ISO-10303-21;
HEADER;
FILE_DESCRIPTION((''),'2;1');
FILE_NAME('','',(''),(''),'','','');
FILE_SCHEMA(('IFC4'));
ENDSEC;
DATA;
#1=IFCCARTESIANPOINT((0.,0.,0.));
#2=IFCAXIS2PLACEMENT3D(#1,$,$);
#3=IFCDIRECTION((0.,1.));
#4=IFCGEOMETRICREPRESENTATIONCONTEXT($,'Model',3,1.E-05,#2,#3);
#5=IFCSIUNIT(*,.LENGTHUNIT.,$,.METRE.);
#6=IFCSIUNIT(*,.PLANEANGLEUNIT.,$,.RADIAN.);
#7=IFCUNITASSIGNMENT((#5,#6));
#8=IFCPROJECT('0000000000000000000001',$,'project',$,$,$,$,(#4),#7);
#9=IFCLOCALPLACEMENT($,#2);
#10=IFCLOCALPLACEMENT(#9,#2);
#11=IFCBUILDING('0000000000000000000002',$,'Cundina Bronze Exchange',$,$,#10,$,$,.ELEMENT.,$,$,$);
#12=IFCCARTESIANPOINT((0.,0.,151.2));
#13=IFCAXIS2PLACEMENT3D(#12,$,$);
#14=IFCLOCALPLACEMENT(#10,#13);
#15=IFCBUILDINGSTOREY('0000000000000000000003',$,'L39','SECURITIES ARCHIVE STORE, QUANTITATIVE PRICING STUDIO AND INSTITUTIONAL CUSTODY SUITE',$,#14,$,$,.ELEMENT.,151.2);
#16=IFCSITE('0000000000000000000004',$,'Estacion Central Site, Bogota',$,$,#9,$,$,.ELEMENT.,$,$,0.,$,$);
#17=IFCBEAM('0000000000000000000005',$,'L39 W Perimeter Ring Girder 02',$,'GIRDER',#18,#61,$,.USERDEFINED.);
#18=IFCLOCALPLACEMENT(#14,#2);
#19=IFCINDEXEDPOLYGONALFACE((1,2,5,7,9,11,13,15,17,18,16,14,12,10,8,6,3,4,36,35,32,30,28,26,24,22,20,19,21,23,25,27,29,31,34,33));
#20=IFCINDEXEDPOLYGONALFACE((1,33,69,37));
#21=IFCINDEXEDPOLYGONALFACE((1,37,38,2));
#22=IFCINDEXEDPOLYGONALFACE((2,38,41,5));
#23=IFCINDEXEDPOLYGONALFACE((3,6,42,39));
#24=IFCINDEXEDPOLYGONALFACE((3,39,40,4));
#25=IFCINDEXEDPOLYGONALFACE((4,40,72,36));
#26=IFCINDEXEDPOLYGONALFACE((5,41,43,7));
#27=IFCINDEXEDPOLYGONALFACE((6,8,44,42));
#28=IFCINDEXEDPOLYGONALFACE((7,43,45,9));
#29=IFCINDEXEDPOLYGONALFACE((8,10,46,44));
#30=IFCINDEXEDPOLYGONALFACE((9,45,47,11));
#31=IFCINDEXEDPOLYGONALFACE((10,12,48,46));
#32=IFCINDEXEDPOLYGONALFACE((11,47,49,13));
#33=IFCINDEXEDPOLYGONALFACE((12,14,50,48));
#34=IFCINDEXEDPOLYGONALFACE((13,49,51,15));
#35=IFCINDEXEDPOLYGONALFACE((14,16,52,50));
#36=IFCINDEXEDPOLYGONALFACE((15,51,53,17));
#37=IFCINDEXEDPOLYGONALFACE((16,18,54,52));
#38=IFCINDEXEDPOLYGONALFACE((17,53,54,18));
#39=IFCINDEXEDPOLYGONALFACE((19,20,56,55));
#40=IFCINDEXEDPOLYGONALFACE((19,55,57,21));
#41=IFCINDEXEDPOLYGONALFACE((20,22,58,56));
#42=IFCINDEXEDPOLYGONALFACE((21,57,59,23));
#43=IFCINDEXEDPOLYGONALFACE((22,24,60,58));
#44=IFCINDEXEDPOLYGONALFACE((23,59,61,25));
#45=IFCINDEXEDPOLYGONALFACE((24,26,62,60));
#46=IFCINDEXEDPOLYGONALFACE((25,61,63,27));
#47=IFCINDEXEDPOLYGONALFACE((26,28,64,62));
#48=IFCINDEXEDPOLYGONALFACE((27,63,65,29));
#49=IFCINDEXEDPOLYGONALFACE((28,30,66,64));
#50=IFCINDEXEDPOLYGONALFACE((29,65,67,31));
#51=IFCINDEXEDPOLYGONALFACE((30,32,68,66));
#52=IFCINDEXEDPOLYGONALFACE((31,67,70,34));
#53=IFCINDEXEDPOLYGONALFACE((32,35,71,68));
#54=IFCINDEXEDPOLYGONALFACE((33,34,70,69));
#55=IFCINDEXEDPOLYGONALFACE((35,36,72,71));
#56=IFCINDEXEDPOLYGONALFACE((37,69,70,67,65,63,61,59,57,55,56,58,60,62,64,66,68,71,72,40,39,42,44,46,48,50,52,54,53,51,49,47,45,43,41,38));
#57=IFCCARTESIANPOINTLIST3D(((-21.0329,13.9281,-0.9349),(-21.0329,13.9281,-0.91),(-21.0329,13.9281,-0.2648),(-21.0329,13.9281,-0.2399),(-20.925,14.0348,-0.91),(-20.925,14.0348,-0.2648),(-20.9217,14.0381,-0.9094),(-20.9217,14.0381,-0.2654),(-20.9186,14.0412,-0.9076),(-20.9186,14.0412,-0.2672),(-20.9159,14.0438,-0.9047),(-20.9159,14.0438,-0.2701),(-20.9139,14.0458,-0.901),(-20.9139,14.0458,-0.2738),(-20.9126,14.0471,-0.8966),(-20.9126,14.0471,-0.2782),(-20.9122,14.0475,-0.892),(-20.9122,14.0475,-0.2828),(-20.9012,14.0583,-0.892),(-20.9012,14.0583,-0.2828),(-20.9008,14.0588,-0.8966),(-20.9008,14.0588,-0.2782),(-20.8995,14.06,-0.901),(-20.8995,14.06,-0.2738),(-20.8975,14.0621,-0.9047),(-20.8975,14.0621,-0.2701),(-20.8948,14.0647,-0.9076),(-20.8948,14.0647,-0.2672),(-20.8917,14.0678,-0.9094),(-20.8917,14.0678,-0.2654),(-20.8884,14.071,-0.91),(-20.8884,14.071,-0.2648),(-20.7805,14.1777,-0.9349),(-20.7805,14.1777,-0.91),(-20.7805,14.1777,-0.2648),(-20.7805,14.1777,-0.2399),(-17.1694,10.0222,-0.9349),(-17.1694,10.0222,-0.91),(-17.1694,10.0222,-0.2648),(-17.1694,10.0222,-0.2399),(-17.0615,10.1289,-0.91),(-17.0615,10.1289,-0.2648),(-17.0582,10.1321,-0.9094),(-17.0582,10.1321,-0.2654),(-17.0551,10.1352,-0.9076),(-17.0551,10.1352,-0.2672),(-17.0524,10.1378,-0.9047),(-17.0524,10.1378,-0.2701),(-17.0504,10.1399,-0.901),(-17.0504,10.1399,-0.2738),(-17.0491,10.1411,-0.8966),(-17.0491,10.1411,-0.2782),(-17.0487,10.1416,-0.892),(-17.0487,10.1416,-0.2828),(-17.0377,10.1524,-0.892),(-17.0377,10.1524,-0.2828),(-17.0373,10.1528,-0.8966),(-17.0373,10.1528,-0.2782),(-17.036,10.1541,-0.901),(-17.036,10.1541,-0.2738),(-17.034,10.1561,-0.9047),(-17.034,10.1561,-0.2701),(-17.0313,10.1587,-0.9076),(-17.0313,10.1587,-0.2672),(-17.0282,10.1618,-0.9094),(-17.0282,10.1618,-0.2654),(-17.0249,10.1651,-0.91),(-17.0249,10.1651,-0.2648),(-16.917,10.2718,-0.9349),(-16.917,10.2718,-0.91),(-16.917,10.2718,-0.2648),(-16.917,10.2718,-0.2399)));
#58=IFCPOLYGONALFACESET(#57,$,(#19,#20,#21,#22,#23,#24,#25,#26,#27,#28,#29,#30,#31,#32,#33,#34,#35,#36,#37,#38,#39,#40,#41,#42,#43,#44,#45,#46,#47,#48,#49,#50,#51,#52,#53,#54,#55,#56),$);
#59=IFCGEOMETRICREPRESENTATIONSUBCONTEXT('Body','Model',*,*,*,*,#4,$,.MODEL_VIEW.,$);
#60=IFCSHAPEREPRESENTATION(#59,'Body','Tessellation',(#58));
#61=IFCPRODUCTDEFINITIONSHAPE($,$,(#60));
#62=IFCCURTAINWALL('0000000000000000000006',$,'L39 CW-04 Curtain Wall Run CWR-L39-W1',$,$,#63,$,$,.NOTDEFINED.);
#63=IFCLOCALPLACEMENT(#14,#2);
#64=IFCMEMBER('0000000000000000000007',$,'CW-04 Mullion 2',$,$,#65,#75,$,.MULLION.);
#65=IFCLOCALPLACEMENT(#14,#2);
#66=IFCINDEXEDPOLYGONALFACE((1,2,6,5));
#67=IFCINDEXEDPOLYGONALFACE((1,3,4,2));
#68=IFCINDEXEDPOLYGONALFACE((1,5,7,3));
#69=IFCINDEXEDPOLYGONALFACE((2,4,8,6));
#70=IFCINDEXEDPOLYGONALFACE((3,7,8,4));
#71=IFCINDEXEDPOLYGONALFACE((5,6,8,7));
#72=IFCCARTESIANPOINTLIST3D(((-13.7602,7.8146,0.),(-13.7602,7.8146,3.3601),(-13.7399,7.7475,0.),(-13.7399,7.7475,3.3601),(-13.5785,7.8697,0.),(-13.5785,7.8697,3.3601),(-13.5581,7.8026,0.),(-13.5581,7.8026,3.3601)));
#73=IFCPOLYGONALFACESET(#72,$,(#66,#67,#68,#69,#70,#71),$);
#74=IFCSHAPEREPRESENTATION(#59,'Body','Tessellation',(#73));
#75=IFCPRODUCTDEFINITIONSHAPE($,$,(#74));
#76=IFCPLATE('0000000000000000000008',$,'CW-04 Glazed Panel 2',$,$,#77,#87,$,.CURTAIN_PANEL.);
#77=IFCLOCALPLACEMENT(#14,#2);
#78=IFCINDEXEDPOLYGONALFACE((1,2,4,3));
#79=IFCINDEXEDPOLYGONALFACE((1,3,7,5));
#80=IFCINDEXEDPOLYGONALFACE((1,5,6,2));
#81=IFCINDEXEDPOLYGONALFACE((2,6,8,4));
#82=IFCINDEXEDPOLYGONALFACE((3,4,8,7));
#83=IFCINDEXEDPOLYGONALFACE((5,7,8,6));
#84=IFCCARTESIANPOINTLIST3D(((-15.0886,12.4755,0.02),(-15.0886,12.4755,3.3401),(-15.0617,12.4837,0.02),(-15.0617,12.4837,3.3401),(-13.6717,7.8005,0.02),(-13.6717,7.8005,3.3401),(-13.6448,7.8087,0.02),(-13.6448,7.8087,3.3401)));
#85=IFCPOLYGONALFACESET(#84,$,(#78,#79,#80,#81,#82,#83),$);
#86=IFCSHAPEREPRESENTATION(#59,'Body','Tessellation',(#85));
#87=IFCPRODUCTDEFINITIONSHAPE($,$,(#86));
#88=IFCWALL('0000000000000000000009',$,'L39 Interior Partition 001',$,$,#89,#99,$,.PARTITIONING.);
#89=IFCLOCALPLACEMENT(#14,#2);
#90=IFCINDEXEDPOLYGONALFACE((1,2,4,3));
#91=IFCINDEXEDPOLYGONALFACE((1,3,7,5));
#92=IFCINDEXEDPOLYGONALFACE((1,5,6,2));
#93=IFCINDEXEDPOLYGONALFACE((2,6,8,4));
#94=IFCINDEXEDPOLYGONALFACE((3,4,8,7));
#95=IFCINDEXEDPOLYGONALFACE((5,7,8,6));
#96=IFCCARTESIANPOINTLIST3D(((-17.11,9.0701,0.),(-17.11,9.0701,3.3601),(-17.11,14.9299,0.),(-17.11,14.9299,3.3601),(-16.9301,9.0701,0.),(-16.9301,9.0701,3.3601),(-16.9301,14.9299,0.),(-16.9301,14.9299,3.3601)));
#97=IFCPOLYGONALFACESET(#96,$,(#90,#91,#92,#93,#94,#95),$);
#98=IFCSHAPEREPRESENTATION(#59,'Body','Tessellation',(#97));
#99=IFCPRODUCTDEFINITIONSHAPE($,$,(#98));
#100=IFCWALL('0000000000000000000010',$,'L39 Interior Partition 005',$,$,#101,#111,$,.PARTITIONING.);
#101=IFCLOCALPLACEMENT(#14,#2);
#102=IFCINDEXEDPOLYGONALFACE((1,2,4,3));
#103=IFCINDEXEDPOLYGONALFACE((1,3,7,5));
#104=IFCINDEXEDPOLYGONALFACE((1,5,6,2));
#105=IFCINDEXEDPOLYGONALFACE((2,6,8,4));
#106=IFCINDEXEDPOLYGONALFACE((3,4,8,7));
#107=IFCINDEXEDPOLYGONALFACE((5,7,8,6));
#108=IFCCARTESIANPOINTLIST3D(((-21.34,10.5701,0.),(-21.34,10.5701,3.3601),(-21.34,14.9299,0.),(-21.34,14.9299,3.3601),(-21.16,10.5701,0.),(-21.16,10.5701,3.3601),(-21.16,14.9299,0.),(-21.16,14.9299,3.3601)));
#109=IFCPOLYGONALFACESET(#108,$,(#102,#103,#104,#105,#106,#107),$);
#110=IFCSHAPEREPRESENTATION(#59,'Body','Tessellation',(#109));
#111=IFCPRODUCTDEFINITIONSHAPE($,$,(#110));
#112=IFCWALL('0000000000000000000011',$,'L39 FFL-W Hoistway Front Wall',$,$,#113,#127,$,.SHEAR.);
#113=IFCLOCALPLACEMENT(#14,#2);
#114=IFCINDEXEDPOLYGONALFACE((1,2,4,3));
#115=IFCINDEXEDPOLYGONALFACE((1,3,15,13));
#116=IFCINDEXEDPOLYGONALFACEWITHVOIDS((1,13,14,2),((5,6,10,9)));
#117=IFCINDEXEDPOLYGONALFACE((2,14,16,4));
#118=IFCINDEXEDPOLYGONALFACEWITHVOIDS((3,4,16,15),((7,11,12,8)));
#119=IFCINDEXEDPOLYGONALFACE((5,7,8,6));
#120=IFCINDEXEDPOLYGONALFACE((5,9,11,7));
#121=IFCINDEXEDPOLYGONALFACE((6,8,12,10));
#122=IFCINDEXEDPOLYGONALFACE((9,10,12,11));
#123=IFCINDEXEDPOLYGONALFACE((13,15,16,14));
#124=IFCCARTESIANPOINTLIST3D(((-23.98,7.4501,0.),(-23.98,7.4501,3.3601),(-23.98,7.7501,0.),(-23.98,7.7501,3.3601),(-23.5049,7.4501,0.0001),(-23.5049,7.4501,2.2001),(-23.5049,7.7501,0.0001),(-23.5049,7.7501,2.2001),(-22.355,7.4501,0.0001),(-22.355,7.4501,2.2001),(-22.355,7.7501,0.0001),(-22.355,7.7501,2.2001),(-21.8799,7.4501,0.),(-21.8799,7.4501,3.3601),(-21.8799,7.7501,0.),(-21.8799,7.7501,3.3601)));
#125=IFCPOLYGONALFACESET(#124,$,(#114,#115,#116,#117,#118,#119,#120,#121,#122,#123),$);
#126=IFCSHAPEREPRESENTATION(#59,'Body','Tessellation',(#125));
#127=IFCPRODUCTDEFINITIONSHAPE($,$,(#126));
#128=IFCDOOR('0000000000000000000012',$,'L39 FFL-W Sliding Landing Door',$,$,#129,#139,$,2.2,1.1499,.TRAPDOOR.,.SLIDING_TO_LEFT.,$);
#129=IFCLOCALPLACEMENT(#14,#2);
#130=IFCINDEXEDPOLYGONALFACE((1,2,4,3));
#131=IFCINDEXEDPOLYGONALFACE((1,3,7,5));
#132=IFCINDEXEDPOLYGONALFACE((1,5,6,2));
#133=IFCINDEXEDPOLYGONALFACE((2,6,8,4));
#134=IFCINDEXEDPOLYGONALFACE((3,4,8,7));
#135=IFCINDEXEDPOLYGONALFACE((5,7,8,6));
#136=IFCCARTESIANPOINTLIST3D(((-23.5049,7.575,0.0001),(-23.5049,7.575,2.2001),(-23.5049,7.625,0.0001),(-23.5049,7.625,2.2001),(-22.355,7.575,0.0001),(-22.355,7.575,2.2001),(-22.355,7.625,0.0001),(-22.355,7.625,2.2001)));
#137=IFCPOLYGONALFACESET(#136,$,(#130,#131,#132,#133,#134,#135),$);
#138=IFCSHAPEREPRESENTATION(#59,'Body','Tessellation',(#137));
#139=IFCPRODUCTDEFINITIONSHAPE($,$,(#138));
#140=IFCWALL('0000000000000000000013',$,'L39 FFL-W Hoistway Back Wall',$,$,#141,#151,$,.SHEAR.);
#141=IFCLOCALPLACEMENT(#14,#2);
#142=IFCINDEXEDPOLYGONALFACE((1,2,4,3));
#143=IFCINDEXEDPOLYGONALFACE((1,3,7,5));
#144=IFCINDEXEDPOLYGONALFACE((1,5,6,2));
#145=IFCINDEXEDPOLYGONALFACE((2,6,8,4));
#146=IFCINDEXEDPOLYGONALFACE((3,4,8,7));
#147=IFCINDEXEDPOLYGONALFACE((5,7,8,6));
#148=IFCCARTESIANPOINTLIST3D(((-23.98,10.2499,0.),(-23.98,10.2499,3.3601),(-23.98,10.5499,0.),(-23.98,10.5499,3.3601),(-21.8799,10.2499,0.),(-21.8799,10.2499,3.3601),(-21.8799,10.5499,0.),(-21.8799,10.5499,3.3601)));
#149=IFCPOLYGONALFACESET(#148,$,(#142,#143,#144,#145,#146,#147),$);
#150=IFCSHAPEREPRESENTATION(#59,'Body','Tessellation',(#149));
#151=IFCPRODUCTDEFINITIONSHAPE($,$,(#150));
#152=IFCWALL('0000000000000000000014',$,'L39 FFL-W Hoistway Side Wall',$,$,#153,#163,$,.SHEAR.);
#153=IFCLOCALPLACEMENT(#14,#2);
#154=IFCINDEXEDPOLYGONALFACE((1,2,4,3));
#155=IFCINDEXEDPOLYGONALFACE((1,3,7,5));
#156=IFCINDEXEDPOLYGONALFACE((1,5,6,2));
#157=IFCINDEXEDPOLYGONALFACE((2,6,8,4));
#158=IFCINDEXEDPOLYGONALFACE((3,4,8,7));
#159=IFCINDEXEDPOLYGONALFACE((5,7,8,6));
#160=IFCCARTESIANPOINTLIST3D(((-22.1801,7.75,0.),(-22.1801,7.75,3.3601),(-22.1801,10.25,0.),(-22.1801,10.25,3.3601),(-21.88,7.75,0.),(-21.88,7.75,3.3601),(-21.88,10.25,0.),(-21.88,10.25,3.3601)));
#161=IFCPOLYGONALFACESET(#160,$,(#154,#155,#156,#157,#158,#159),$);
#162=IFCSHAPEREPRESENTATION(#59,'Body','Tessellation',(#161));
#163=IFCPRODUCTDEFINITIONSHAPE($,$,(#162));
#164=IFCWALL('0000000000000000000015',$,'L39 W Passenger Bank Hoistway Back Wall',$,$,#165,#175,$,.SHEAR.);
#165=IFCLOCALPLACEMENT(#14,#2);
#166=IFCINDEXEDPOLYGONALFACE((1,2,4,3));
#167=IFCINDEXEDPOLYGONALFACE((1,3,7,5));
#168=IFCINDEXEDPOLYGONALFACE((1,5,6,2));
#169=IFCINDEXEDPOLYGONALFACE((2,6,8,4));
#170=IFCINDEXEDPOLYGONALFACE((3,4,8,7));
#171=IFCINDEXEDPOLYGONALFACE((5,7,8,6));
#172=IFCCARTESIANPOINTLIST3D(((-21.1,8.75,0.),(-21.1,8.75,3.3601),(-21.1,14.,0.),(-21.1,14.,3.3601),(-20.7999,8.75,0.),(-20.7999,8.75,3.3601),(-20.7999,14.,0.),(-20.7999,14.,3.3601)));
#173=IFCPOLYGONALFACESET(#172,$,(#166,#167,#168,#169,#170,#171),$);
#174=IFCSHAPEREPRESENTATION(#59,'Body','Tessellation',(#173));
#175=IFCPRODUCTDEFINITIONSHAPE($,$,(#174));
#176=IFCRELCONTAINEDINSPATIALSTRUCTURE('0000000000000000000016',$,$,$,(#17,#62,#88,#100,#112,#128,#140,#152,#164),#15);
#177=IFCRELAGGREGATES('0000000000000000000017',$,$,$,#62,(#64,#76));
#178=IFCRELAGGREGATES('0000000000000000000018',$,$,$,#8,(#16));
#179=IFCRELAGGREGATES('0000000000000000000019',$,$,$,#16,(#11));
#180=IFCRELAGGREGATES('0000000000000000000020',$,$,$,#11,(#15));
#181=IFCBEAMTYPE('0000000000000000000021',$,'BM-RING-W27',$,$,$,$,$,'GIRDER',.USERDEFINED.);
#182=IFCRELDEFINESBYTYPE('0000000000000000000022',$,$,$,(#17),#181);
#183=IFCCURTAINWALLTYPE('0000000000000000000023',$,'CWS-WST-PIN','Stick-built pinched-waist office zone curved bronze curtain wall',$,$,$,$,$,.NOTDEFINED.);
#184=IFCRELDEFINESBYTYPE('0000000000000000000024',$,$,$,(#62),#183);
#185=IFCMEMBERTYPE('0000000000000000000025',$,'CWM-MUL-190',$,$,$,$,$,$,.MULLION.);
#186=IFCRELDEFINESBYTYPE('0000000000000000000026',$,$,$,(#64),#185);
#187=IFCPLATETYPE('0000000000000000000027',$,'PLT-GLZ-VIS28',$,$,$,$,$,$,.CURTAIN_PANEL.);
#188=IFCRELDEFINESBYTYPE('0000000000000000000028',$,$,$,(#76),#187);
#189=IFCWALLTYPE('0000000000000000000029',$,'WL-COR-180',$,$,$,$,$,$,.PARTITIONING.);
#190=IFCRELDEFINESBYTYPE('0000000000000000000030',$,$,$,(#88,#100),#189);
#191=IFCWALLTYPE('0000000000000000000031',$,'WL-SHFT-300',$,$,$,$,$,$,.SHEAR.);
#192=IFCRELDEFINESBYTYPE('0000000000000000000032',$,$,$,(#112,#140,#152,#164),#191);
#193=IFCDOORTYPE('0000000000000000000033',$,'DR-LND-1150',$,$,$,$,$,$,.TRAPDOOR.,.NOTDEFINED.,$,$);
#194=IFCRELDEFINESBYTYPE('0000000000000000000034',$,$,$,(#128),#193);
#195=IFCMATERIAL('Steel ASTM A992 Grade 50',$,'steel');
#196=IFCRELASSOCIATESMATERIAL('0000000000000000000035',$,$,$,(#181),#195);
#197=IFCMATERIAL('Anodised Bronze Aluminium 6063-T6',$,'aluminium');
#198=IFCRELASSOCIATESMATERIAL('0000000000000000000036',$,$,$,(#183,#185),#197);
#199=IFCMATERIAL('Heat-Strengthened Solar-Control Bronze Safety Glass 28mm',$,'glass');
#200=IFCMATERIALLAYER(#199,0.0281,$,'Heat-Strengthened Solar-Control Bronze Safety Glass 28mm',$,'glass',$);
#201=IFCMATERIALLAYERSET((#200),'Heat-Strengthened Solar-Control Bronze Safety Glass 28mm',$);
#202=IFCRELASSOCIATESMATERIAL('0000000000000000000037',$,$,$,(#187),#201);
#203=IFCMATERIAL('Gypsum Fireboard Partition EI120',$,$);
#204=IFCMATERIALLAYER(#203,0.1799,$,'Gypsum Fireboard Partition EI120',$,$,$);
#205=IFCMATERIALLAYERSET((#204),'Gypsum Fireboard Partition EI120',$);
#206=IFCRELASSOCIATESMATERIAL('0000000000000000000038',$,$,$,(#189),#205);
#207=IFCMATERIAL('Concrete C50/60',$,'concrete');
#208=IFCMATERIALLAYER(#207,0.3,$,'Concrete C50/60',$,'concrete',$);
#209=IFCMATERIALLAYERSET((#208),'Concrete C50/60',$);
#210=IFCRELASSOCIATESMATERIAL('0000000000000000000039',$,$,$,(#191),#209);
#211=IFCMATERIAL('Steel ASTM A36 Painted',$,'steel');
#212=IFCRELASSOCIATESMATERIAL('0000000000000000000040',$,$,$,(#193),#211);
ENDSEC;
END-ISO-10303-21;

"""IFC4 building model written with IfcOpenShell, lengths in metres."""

from ifc_helpers import new_model, si_unit, direction, frame, frame_2d, origin, origin_2d, place, context, subcontext, project, spatial, rectangle, i_section, extrude, material, layer, layer_set, material_profile, profile_set, type_object, element, fill, aggregate, save


model = new_model("IFC4")

# Units and contexts
model_context = context("Model", 3, precision=1e-05, world=origin(), true_north=direction((0.0, 1.0)))
body_context = subcontext(model_context, "Body", "Model", "MODEL_VIEW")
ifc_project = project(units=[si_unit("LENGTHUNIT", "METRE"), si_unit("PLANEANGLEUNIT", "RADIAN")], contexts=[model_context])

# Site, building, storey
site_placement = place(None, origin())
site = spatial("IfcSite", under=ifc_project, at=site_placement, Name="Estacion Central Site, Bogota", CompositionType="ELEMENT", RefElevation=0.0)
building_placement = place(site_placement, origin())
building = spatial("IfcBuilding", under=site, at=building_placement, Name="Cundina Bronze Exchange", CompositionType="ELEMENT")
storey_placement = place(building_placement, frame((0.0, 0.0, 151.2)))
storey = spatial("IfcBuildingStorey", under=building, at=storey_placement, Name="L39", Description="SECURITIES ARCHIVE STORE, QUANTITATIVE PRICING STUDIO AND INSTITUTIONAL CUSTODY SUITE", CompositionType="ELEMENT", Elevation=151.2)

# Shared definitions
ifc_material_1 = material(Name="Concrete C50/60", Category="concrete")

# Beam
ifc_material_2 = material(Name="Steel ASTM A992 Grade 50", Category="steel")
ifc_material_profile_1 = material_profile(ifc_material_2, i_section(OverallWidth=0.355, OverallDepth=0.6951, WebThickness=0.0154, FlangeThickness=0.0249, FilletRadius=0.0181, at=origin_2d()), Name="W27X146", Category="steel")
ifc_profile_set_1 = profile_set([ifc_material_profile_1], Name="Steel ASTM A992 Grade 50")
beam_type_1 = type_object("IfcBeamType", Name="BM-RING-W27", ElementType="GIRDER", PredefinedType="USERDEFINED", material=ifc_profile_set_1)
beam_1_placement = place(storey_placement, frame((-17.0432, 10.147, -0.5874), z_axis=(-0.70323, 0.710962, 0.0), x_axis=(-0.710962, -0.70323, 0.0)))
element("IfcBeam", 1, at=beam_1_placement, inside=storey, type_object=beam_type_1, Name="L39 W Perimeter Ring Girder 02", ObjectType="GIRDER", PredefinedType="USERDEFINED", context=body_context, shape_type="SweptSolid", body=[
    extrude(i_section(OverallWidth=0.355, OverallDepth=0.6951, WebThickness=0.0154, FlangeThickness=0.0249, FilletRadius=0.0181, at=origin_2d()), origin(), (0.0, 0.0, 1.0), 5.4939),
])

# Curtain wall, member, plate
ifc_material_3 = material(Name="Anodised Bronze Aluminium 6063-T6", Category="aluminium")
curtain_wall_type = type_object("IfcCurtainWallType", Name="CWS-WST-PIN", Description="Stick-built pinched-waist office zone curved bronze curtain wall", PredefinedType="NOTDEFINED", material=ifc_material_3)
curtain_wall_placement = place(storey_placement, origin())
curtain_wall = element("IfcCurtainWall", 2, at=curtain_wall_placement, inside=storey, type_object=curtain_wall_type, Name="L39 CW-04 Curtain Wall Run CWR-L39-W1", PredefinedType="NOTDEFINED")
ifc_material_profile_2 = material_profile(ifc_material_3, rectangle(XDim=0.0701, YDim=0.1899, at=origin_2d()), Name="AL70X190", Category="aluminium")
ifc_profile_set_2 = profile_set([ifc_material_profile_2], Name="Anodised Bronze Aluminium 6063-T6")
member_type = type_object("IfcMemberType", Name="CWM-MUL-190", PredefinedType="MULLION", material=ifc_profile_set_2)
member_placement = place(storey_placement, frame((-13.6592, 7.8086, 0.0), z_axis=(0.0, 0.0, 1.0), x_axis=(-0.290034, 0.957016, 0.0)))
member = element("IfcMember", 3, at=member_placement, type_object=member_type, Name="CW-04 Mullion 2", PredefinedType="MULLION", context=body_context, shape_type="SweptSolid", body=[
    extrude(rectangle(XDim=0.0701, YDim=0.1899, at=origin_2d()), origin(), (0.0, 0.0, 1.0), 3.3601),
])
ifc_material_4 = material(Name="Heat-Strengthened Solar-Control Bronze Safety Glass 28mm", Category="glass")
ifc_layer_1 = layer(ifc_material_4, 0.0281, Name="Heat-Strengthened Solar-Control Bronze Safety Glass 28mm", Category="glass")
ifc_layer_set_1 = layer_set([ifc_layer_1], Name="Heat-Strengthened Solar-Control Bronze Safety Glass 28mm")
plate_type = type_object("IfcPlateType", Name="PLT-GLZ-VIS28", PredefinedType="CURTAIN_PANEL", material=ifc_layer_set_1)
plate_placement = place(storey_placement, frame((-14.3667, 10.1421, 0.02), z_axis=(0.0, 0.0, 1.0), x_axis=(-0.290051, 0.957011, 0.0)))
plate = element("IfcPlate", 4, at=plate_placement, type_object=plate_type, Name="CW-04 Glazed Panel 2", PredefinedType="CURTAIN_PANEL", context=body_context, shape_type="SweptSolid", body=[
    extrude(rectangle(XDim=4.885, YDim=0.0281, at=origin_2d()), origin(), (0.0, 0.0, 1.0), 3.3201),
])
aggregate(curtain_wall, [member, plate])

# Walls
ifc_material_5 = material(Name="Gypsum Fireboard Partition EI120")
ifc_layer_2 = layer(ifc_material_5, 0.1799, Name="Gypsum Fireboard Partition EI120")
ifc_layer_set_2 = layer_set([ifc_layer_2], Name="Gypsum Fireboard Partition EI120")
wall_type_1 = type_object("IfcWallType", Name="WL-COR-180", PredefinedType="PARTITIONING", material=ifc_layer_set_2)
wall_1_placement = place(storey_placement, frame((-17.02, 9.0701, 0.0), z_axis=(0.0, 0.0, 1.0), x_axis=(0.0, 1.0, 0.0)))
element("IfcWall", 5, at=wall_1_placement, inside=storey, type_object=wall_type_1, Name="L39 Interior Partition 001", PredefinedType="PARTITIONING", context=body_context, shape_type="SweptSolid", body=[
    extrude(rectangle(XDim=5.8599, YDim=0.1799, at=frame_2d((2.9299, 0.0))), origin(), (0.0, 0.0, 1.0), 3.3601),
])
wall_2_placement = place(storey_placement, frame((-21.25, 10.5701, 0.0), z_axis=(0.0, 0.0, 1.0), x_axis=(0.0, 1.0, 0.0)))
element("IfcWall", 6, at=wall_2_placement, inside=storey, type_object=wall_type_1, Name="L39 Interior Partition 005", PredefinedType="PARTITIONING", context=body_context, shape_type="SweptSolid", body=[
    extrude(rectangle(XDim=4.3599, YDim=0.1799, at=frame_2d((2.1799, 0.0))), origin(), (0.0, 0.0, 1.0), 3.3601),
])

# Wall, opening, door
ifc_layer_3 = layer(ifc_material_1, 0.3, Name="Concrete C50/60", Category="concrete")
ifc_layer_set_3 = layer_set([ifc_layer_3], Name="Concrete C50/60")
wall_type_2 = type_object("IfcWallType", Name="WL-SHFT-300", PredefinedType="SHEAR", material=ifc_layer_set_3)
wall_3_placement = place(storey_placement, frame((-23.98, 7.6001, 0.0), z_axis=(0.0, 0.0, 1.0), x_axis=(1.0, 0.0, 0.0)))
wall_3 = element("IfcWall", 7, at=wall_3_placement, inside=storey, type_object=wall_type_2, Name="L39 FFL-W Hoistway Front Wall", PredefinedType="SHEAR", context=body_context, shape_type="SweptSolid", body=[
    extrude(rectangle(XDim=2.1001, YDim=0.3, at=frame_2d((1.05, 0.0))), origin(), (0.0, 0.0, 1.0), 3.3601),
])
opening_1_placement = place(wall_3_placement, frame((0.4751, 0.0, 0.0)))
opening_1 = element("IfcOpeningElement", 8, at=opening_1_placement, cuts=wall_3, PredefinedType="OPENING", context=body_context, shape_type="SweptSolid", body=[
    extrude(rectangle(XDim=1.1499, YDim=2.2, at=frame_2d((0.575, 1.1001))), frame((0.0, 0.1599, 0.0), z_axis=(0.0, -1.0, 0.0), x_axis=(1.0, 0.0, 0.0)), (0.0, 0.0, 1.0), 0.3201),
])
ifc_material_6 = material(Name="Steel ASTM A36 Painted", Category="steel")
door_type = type_object("IfcDoorType", Name="DR-LND-1150", OperationType="NOTDEFINED", PredefinedType="TRAPDOOR", material=ifc_material_6)
door_1_placement = place(opening_1_placement, origin())
door_1 = element("IfcDoor", 9, at=door_1_placement, inside=storey, type_object=door_type, Name="L39 FFL-W Sliding Landing Door", OperationType="SLIDING_TO_LEFT", OverallHeight=2.2, OverallWidth=1.1499, PredefinedType="TRAPDOOR", context=body_context, shape_type="SweptSolid", body=[
    extrude(rectangle(XDim=1.1499, YDim=2.2, at=frame_2d((0.575, 1.1001))), frame((0.0, 0.0249, 0.0), z_axis=(0.0, -1.0, 0.0), x_axis=(1.0, 0.0, 0.0)), (0.0, 0.0, 1.0), 0.05),
])
fill(opening_1, door_1)

# Walls
wall_4_placement = place(storey_placement, frame((-23.98, 10.3999, 0.0), z_axis=(0.0, 0.0, 1.0), x_axis=(1.0, 0.0, 0.0)))
element("IfcWall", 10, at=wall_4_placement, inside=storey, type_object=wall_type_2, Name="L39 FFL-W Hoistway Back Wall", PredefinedType="SHEAR", context=body_context, shape_type="SweptSolid", body=[
    extrude(rectangle(XDim=2.1001, YDim=0.3, at=frame_2d((1.05, 0.0))), origin(), (0.0, 0.0, 1.0), 3.3601),
])
wall_5_placement = place(storey_placement, frame((-22.03, 7.75, 0.0), z_axis=(0.0, 0.0, 1.0), x_axis=(0.0, 1.0, 0.0)))
element("IfcWall", 11, at=wall_5_placement, inside=storey, type_object=wall_type_2, Name="L39 FFL-W Hoistway Side Wall", PredefinedType="SHEAR", context=body_context, shape_type="SweptSolid", body=[
    extrude(rectangle(XDim=2.5, YDim=0.3, at=frame_2d((1.25, 0.0))), origin(), (0.0, 0.0, 1.0), 3.3601),
])
wall_6_placement = place(storey_placement, frame((-20.95, 8.75, 0.0), z_axis=(0.0, 0.0, 1.0), x_axis=(0.0, 1.0, 0.0)))
element("IfcWall", 12, at=wall_6_placement, inside=storey, type_object=wall_type_2, Name="L39 W Passenger Bank Hoistway Back Wall", PredefinedType="SHEAR", context=body_context, shape_type="SweptSolid", body=[
    extrude(rectangle(XDim=5.25, YDim=0.3, at=frame_2d((2.625, 0.0))), origin(), (0.0, 0.0, 1.0), 3.3601),
])

save(model, "model.ifc")
